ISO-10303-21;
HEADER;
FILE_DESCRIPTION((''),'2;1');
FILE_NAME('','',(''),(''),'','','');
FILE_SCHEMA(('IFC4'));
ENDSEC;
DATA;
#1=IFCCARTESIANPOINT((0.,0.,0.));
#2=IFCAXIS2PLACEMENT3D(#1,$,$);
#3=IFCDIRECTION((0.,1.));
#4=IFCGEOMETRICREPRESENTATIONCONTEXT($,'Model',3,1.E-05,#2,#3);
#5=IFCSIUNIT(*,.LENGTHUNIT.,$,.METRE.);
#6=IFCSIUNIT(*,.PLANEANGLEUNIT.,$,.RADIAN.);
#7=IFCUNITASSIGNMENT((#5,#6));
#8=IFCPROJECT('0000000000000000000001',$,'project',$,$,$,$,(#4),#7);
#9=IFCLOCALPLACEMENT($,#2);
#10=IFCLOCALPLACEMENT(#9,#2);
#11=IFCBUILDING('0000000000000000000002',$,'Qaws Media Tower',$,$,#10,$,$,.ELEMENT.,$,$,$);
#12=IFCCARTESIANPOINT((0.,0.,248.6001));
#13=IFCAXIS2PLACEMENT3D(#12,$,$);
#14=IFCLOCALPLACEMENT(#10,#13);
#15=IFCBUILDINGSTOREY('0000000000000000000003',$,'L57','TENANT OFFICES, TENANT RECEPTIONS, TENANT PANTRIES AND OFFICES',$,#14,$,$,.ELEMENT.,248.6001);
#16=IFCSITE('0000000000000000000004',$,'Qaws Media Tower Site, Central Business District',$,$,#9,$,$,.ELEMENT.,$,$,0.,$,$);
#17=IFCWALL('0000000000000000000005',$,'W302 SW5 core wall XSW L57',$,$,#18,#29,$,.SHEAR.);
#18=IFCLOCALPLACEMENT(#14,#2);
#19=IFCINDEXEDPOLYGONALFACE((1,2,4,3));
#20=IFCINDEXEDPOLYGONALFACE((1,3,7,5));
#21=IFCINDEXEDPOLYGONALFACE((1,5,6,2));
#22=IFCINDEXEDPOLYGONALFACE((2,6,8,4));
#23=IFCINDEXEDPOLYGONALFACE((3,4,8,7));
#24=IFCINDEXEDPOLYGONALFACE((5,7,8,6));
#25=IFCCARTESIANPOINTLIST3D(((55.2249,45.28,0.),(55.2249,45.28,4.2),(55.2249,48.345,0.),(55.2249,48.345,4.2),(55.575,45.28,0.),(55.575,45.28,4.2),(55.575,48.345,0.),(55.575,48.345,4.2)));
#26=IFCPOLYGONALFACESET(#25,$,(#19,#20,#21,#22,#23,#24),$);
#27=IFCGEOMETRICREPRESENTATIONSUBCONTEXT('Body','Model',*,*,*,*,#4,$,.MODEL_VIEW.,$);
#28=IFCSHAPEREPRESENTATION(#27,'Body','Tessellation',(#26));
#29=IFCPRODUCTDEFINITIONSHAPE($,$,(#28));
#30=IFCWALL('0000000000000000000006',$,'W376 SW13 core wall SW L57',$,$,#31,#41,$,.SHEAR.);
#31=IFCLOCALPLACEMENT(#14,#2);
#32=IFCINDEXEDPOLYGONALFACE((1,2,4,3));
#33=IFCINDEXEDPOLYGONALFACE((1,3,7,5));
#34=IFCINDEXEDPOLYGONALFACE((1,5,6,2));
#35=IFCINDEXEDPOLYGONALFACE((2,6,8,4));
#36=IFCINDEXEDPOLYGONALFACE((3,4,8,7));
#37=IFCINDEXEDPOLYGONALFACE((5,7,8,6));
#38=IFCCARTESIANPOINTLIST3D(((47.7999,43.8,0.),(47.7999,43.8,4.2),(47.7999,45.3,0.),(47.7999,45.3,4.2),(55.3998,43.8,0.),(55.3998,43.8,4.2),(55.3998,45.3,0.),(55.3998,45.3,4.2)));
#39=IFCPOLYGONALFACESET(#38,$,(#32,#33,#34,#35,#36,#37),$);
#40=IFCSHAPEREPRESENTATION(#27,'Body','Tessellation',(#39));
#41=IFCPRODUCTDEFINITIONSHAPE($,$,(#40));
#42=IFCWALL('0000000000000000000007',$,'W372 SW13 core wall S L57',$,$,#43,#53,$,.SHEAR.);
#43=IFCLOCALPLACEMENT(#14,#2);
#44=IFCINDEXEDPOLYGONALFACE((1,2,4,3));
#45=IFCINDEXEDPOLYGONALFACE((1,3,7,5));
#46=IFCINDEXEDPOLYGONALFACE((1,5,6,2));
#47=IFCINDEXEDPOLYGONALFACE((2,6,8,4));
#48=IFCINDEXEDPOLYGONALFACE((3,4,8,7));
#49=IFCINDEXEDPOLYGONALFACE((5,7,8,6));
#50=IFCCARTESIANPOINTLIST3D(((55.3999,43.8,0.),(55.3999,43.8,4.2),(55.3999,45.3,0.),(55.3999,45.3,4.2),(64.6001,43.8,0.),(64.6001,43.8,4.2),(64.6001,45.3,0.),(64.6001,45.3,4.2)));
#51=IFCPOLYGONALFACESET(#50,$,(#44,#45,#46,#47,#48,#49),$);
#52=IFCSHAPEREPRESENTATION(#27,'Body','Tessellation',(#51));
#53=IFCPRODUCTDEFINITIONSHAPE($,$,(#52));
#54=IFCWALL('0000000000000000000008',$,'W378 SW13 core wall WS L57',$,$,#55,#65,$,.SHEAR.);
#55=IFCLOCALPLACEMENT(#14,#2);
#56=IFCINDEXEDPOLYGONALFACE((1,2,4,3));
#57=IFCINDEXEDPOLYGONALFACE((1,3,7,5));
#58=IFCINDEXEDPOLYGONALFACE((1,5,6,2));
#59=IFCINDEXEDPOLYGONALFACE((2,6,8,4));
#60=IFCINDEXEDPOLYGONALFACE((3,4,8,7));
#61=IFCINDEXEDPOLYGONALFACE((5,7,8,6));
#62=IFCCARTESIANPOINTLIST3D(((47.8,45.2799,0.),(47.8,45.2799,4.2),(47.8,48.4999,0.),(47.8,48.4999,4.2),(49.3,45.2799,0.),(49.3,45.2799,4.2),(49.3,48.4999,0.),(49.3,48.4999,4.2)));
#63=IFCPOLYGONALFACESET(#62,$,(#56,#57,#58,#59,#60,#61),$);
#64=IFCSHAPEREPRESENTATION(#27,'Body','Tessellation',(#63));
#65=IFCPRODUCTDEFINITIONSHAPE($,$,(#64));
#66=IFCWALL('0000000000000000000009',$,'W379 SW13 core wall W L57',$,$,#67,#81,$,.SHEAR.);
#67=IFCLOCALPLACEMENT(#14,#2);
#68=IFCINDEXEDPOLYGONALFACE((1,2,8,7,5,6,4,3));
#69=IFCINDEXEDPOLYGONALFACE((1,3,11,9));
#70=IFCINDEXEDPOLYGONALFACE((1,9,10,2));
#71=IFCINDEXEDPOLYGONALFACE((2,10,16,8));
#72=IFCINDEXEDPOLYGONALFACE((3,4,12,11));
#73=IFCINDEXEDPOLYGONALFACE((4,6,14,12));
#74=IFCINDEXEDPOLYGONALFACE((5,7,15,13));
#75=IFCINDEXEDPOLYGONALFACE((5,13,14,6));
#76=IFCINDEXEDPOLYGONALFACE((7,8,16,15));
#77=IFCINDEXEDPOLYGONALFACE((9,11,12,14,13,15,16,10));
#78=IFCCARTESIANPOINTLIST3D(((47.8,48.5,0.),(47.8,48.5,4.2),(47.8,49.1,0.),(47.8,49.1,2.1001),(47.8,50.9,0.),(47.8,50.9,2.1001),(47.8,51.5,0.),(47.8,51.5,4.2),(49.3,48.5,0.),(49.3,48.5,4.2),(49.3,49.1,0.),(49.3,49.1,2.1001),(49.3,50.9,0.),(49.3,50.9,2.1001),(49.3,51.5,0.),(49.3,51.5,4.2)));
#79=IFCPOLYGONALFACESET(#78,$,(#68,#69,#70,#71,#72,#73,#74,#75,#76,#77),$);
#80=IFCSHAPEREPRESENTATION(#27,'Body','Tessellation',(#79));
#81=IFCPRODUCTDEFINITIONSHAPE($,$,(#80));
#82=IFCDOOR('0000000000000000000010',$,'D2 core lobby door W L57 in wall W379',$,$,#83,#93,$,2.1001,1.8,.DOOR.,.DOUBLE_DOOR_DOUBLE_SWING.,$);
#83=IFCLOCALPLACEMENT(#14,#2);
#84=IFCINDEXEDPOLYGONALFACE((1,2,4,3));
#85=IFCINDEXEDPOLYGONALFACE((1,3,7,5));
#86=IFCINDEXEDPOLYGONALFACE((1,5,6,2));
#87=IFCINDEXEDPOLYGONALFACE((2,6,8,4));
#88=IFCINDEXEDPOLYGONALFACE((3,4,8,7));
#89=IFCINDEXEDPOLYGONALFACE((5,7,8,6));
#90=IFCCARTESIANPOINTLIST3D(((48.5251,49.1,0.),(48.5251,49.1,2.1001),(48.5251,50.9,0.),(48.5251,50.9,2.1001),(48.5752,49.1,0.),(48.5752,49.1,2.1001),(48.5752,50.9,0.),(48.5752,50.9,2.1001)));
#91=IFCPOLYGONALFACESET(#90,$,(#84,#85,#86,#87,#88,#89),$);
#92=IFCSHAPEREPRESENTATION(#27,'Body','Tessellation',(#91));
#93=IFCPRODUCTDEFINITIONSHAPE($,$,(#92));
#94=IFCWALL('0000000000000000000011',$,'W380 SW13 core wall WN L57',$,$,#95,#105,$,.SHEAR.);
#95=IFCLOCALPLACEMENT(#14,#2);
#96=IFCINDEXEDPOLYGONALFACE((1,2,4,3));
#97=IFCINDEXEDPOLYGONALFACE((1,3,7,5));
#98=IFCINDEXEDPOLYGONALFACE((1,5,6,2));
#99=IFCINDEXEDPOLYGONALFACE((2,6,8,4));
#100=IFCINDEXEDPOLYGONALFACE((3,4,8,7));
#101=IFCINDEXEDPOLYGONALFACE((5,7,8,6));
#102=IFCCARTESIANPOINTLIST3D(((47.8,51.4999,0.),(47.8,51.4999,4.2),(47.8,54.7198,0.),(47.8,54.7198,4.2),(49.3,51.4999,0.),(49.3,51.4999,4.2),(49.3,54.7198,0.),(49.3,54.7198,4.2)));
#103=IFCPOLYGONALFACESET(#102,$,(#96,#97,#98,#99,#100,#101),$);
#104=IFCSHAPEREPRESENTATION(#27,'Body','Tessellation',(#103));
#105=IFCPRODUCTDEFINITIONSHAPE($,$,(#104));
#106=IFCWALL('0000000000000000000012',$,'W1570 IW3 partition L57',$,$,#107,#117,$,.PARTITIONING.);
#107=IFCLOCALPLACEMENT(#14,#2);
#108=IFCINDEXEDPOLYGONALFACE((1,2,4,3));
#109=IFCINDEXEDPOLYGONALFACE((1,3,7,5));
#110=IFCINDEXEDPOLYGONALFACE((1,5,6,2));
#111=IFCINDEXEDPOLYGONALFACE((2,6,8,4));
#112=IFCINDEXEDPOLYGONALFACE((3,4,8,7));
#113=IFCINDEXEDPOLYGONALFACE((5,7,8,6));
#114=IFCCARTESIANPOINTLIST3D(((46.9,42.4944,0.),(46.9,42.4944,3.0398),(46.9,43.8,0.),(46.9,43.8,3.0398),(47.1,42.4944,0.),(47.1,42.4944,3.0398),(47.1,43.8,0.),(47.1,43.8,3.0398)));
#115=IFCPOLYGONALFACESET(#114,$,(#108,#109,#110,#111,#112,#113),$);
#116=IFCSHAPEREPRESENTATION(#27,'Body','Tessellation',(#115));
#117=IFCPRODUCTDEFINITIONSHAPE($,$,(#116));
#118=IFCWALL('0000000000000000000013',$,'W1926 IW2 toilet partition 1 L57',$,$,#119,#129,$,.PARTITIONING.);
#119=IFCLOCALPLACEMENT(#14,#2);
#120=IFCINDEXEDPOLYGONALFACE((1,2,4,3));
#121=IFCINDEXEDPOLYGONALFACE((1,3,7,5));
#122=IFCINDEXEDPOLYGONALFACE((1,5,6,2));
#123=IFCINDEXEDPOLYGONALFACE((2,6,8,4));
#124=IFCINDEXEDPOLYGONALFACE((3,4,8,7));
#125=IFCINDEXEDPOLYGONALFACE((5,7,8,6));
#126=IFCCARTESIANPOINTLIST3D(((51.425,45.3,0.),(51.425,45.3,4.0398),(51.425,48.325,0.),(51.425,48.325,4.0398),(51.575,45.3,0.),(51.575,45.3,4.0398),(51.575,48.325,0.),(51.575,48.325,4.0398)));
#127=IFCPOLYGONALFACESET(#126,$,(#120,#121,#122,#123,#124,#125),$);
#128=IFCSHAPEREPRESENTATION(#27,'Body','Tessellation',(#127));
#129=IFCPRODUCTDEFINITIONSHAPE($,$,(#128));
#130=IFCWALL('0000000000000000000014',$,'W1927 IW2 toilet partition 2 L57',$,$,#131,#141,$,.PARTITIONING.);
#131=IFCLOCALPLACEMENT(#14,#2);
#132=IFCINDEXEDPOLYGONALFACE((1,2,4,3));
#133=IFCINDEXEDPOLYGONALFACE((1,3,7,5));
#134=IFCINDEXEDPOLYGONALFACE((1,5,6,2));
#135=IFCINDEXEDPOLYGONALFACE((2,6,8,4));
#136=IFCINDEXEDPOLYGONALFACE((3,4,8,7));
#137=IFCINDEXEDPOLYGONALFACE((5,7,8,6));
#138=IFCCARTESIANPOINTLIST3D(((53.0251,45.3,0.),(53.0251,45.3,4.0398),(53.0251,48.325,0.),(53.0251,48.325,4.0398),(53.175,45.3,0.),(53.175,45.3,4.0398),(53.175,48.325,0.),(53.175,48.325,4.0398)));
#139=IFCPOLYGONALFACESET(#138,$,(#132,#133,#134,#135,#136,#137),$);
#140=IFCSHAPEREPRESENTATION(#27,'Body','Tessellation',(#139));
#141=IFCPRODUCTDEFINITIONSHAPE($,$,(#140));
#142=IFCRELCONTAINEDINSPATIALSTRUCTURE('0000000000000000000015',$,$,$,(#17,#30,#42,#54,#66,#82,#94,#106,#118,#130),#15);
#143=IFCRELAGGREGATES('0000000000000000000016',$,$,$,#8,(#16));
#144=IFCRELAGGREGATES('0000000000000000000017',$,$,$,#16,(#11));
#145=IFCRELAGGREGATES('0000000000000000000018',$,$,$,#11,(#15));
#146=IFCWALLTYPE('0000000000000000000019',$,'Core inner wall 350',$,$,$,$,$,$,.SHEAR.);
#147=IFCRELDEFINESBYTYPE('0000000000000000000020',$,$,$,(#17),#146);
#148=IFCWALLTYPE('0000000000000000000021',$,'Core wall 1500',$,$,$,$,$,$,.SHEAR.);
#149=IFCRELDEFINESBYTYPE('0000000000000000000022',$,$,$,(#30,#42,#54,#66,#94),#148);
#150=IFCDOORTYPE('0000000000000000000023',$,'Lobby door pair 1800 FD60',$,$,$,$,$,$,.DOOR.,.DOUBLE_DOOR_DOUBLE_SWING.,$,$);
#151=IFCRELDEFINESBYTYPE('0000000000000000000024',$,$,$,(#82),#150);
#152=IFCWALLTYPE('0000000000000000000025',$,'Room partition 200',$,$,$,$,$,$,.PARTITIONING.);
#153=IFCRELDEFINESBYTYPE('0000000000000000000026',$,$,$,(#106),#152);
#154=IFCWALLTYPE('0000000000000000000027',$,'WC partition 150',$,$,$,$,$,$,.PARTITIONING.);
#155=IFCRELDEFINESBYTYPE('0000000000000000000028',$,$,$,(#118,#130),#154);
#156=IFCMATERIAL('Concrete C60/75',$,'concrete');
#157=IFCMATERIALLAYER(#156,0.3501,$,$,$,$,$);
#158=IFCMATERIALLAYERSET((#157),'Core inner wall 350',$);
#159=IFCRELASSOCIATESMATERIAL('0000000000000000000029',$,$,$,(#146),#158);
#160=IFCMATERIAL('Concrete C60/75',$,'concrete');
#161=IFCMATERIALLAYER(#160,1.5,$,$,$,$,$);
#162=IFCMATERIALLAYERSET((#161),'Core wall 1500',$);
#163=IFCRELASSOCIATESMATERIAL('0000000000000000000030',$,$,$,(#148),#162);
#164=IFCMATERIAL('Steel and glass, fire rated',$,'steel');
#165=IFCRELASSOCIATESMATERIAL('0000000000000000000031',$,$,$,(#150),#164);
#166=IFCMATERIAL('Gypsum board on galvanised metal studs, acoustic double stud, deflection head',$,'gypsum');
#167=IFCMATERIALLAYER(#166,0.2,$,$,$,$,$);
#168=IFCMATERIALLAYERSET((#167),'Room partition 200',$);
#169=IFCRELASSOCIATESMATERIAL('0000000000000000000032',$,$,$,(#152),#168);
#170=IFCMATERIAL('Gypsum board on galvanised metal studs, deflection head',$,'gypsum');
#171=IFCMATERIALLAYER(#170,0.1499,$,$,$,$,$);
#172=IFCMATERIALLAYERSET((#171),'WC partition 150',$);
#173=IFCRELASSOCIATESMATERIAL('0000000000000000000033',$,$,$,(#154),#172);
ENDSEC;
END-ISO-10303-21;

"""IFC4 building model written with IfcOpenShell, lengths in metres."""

from ifc_helpers import new_model, si_unit, direction, frame, frame_2d, origin, place, context, subcontext, project, spatial, rectangle, extrude, material, layer, layer_set, type_object, element, fill, save


model = new_model("IFC4")

# Units and contexts
model_context = context("Model", 3, precision=1e-05, world=origin(), true_north=direction((0.0, 1.0)))
body_context = subcontext(model_context, "Body", "Model", "MODEL_VIEW")
ifc_project = project(units=[si_unit("LENGTHUNIT", "METRE"), si_unit("PLANEANGLEUNIT", "RADIAN")], contexts=[model_context])

# Site, building, storey
site_placement = place(None, origin())
site = spatial("IfcSite", under=ifc_project, at=site_placement, Name="Qaws Media Tower Site, Central Business District", CompositionType="ELEMENT", RefElevation=0.0)
building_placement = place(site_placement, origin())
building = spatial("IfcBuilding", under=site, at=building_placement, Name="Qaws Media Tower", CompositionType="ELEMENT")
storey_placement = place(building_placement, frame((0.0, 0.0, 248.6001)))
storey = spatial("IfcBuildingStorey", under=building, at=storey_placement, Name="L57", Description="TENANT OFFICES, TENANT RECEPTIONS, TENANT PANTRIES AND OFFICES", CompositionType="ELEMENT", Elevation=248.6001)

# Shared definitions
ifc_material_1 = material(Name="Concrete C60/75", Category="concrete")
ifc_layer_1 = layer(ifc_material_1, 0.3501)
ifc_layer_set_1 = layer_set([ifc_layer_1], Name="Core inner wall 350")
wall_type_1 = type_object("IfcWallType", Name="Core inner wall 350", PredefinedType="SHEAR", material=ifc_layer_set_1)

# Walls
wall_1_placement = place(storey_placement, frame((55.3999, 48.345, 0.0), z_axis=(0.0, 0.0, 1.0), x_axis=(0.0, -1.0, 0.0)))
element("IfcWall", 1, at=wall_1_placement, inside=storey, type_object=wall_type_1, Name="W302 SW5 core wall XSW L57", PredefinedType="SHEAR", context=body_context, shape_type="SweptSolid", body=[
    extrude(rectangle(XDim=3.0649, YDim=0.3501, at=frame_2d((1.5325, 0.0))), origin(), (0.0, 0.0, 1.0), 4.2),
])
ifc_material_2 = material(Name="Concrete C60/75", Category="concrete")
ifc_layer_2 = layer(ifc_material_2, 1.5)
ifc_layer_set_2 = layer_set([ifc_layer_2], Name="Core wall 1500")
wall_type_2 = type_object("IfcWallType", Name="Core wall 1500", PredefinedType="SHEAR", material=ifc_layer_set_2)
wall_2_placement = place(storey_placement, frame((47.8, 44.55, 0.0), z_axis=(0.0, 0.0, 1.0), x_axis=(1.0, 0.0, 0.0)))
element("IfcWall", 2, at=wall_2_placement, inside=storey, type_object=wall_type_2, Name="W376 SW13 core wall SW L57", PredefinedType="SHEAR", context=body_context, shape_type="SweptSolid", body=[
    extrude(rectangle(XDim=7.5999, YDim=1.5, at=frame_2d((3.7998, 0.0))), origin(), (0.0, 0.0, 1.0), 4.2),
])
wall_3_placement = place(storey_placement, frame((55.3999, 44.55, 0.0), z_axis=(0.0, 0.0, 1.0), x_axis=(1.0, 0.0, 0.0)))
element("IfcWall", 3, at=wall_3_placement, inside=storey, type_object=wall_type_2, Name="W372 SW13 core wall S L57", PredefinedType="SHEAR", context=body_context, shape_type="SweptSolid", body=[
    extrude(rectangle(XDim=9.2002, YDim=1.5, at=frame_2d((4.6001, 0.0))), origin(), (0.0, 0.0, 1.0), 4.2),
])
wall_4_placement = place(storey_placement, frame((48.55, 45.28, 0.0), z_axis=(0.0, 0.0, 1.0), x_axis=(0.0, 1.0, 0.0)))
element("IfcWall", 4, at=wall_4_placement, inside=storey, type_object=wall_type_2, Name="W378 SW13 core wall WS L57", PredefinedType="SHEAR", context=body_context, shape_type="SweptSolid", body=[
    extrude(rectangle(XDim=3.22, YDim=1.5, at=frame_2d((1.6099, 0.0))), origin(), (0.0, 0.0, 1.0), 4.2),
])

# Wall, opening, door
wall_5_placement = place(storey_placement, frame((48.55, 48.5, 0.0), z_axis=(0.0, 0.0, 1.0), x_axis=(0.0, 1.0, 0.0)))
wall_5 = element("IfcWall", 5, at=wall_5_placement, inside=storey, type_object=wall_type_2, Name="W379 SW13 core wall W L57", PredefinedType="SHEAR", context=body_context, shape_type="SweptSolid", body=[
    extrude(rectangle(XDim=3.0, YDim=1.5, at=frame_2d((1.5, 0.0))), origin(), (0.0, 0.0, 1.0), 4.2),
])
opening_1_placement = place(wall_5_placement, frame((0.6001, 0.0, 0.0)))
opening_1 = element("IfcOpeningElement", 6, at=opening_1_placement, cuts=wall_5, PredefinedType="OPENING", context=body_context, shape_type="SweptSolid", body=[
    extrude(rectangle(XDim=1.8, YDim=2.1001, at=frame_2d((0.8999, 1.05))), frame((0.0, 0.76, 0.0), z_axis=(0.0, -1.0, 0.0), x_axis=(1.0, 0.0, 0.0)), (0.0, 0.0, 1.0), 1.52),
])
ifc_material_3 = material(Name="Steel and glass, fire rated", Category="steel")
door_type_1 = type_object("IfcDoorType", Name="Lobby door pair 1800 FD60", OperationType="DOUBLE_DOOR_DOUBLE_SWING", PredefinedType="DOOR", material=ifc_material_3)
door_1_placement = place(opening_1_placement, origin())
door_1 = element("IfcDoor", 7, at=door_1_placement, inside=storey, type_object=door_type_1, Name="D2 core lobby door W L57 in wall W379", OperationType="DOUBLE_DOOR_DOUBLE_SWING", OverallHeight=2.1001, OverallWidth=1.8, PredefinedType="DOOR", context=body_context, shape_type="SweptSolid", body=[
    extrude(rectangle(XDim=1.8, YDim=2.1001, at=frame_2d((0.8999, 1.05))), frame((0.0, 0.0249, 0.0), z_axis=(0.0, -1.0, 0.0), x_axis=(1.0, 0.0, 0.0)), (0.0, 0.0, 1.0), 0.05),
])
fill(opening_1, door_1)

# Walls
wall_6_placement = place(storey_placement, frame((48.55, 51.5, 0.0), z_axis=(0.0, 0.0, 1.0), x_axis=(0.0, 1.0, 0.0)))
element("IfcWall", 8, at=wall_6_placement, inside=storey, type_object=wall_type_2, Name="W380 SW13 core wall WN L57", PredefinedType="SHEAR", context=body_context, shape_type="SweptSolid", body=[
    extrude(rectangle(XDim=3.22, YDim=1.5, at=frame_2d((1.6099, 0.0))), origin(), (0.0, 0.0, 1.0), 4.2),
])
ifc_material_4 = material(Name="Gypsum board on galvanised metal studs, acoustic double stud, deflection head", Category="gypsum")
ifc_layer_3 = layer(ifc_material_4, 0.2)
ifc_layer_set_3 = layer_set([ifc_layer_3], Name="Room partition 200")
wall_type_3 = type_object("IfcWallType", Name="Room partition 200", PredefinedType="PARTITIONING", material=ifc_layer_set_3)
wall_7_placement = place(storey_placement, frame((47.0, 43.8, 0.0), z_axis=(0.0, 0.0, 1.0), x_axis=(0.0, -1.0, 0.0)))
element("IfcWall", 9, at=wall_7_placement, inside=storey, type_object=wall_type_3, Name="W1570 IW3 partition L57", PredefinedType="PARTITIONING", context=body_context, shape_type="SweptSolid", body=[
    extrude(rectangle(XDim=1.3057, YDim=0.2, at=frame_2d((0.6528, 0.0))), origin(), (0.0, 0.0, 1.0), 3.0398),
])
ifc_material_5 = material(Name="Gypsum board on galvanised metal studs, deflection head", Category="gypsum")
ifc_layer_4 = layer(ifc_material_5, 0.1499)
ifc_layer_set_4 = layer_set([ifc_layer_4], Name="WC partition 150")
wall_type_4 = type_object("IfcWallType", Name="WC partition 150", PredefinedType="PARTITIONING", material=ifc_layer_set_4)
for number, where, z_axis, x_axis, name in (
    (10, (51.5, 45.3, 0.0), (0.0, 0.0, 1.0), (0.0, 1.0, 0.0), "W1926 IW2 toilet partition 1 L57"),
    (11, (53.1001, 45.3, 0.0), (0.0, 0.0, 1.0), (0.0, 1.0, 0.0), "W1927 IW2 toilet partition 2 L57"),
):
    element("IfcWall", number, at=place(storey_placement, frame(where, z_axis=z_axis, x_axis=x_axis)), inside=storey, type_object=wall_type_4, Name=name, PredefinedType="PARTITIONING", context=body_context, shape_type="SweptSolid", body=[
        extrude(rectangle(XDim=3.0249, YDim=0.1499, at=frame_2d((1.5125, 0.0))), origin(), (0.0, 0.0, 1.0), 4.0398),
    ])

save(model, "model.ifc")
